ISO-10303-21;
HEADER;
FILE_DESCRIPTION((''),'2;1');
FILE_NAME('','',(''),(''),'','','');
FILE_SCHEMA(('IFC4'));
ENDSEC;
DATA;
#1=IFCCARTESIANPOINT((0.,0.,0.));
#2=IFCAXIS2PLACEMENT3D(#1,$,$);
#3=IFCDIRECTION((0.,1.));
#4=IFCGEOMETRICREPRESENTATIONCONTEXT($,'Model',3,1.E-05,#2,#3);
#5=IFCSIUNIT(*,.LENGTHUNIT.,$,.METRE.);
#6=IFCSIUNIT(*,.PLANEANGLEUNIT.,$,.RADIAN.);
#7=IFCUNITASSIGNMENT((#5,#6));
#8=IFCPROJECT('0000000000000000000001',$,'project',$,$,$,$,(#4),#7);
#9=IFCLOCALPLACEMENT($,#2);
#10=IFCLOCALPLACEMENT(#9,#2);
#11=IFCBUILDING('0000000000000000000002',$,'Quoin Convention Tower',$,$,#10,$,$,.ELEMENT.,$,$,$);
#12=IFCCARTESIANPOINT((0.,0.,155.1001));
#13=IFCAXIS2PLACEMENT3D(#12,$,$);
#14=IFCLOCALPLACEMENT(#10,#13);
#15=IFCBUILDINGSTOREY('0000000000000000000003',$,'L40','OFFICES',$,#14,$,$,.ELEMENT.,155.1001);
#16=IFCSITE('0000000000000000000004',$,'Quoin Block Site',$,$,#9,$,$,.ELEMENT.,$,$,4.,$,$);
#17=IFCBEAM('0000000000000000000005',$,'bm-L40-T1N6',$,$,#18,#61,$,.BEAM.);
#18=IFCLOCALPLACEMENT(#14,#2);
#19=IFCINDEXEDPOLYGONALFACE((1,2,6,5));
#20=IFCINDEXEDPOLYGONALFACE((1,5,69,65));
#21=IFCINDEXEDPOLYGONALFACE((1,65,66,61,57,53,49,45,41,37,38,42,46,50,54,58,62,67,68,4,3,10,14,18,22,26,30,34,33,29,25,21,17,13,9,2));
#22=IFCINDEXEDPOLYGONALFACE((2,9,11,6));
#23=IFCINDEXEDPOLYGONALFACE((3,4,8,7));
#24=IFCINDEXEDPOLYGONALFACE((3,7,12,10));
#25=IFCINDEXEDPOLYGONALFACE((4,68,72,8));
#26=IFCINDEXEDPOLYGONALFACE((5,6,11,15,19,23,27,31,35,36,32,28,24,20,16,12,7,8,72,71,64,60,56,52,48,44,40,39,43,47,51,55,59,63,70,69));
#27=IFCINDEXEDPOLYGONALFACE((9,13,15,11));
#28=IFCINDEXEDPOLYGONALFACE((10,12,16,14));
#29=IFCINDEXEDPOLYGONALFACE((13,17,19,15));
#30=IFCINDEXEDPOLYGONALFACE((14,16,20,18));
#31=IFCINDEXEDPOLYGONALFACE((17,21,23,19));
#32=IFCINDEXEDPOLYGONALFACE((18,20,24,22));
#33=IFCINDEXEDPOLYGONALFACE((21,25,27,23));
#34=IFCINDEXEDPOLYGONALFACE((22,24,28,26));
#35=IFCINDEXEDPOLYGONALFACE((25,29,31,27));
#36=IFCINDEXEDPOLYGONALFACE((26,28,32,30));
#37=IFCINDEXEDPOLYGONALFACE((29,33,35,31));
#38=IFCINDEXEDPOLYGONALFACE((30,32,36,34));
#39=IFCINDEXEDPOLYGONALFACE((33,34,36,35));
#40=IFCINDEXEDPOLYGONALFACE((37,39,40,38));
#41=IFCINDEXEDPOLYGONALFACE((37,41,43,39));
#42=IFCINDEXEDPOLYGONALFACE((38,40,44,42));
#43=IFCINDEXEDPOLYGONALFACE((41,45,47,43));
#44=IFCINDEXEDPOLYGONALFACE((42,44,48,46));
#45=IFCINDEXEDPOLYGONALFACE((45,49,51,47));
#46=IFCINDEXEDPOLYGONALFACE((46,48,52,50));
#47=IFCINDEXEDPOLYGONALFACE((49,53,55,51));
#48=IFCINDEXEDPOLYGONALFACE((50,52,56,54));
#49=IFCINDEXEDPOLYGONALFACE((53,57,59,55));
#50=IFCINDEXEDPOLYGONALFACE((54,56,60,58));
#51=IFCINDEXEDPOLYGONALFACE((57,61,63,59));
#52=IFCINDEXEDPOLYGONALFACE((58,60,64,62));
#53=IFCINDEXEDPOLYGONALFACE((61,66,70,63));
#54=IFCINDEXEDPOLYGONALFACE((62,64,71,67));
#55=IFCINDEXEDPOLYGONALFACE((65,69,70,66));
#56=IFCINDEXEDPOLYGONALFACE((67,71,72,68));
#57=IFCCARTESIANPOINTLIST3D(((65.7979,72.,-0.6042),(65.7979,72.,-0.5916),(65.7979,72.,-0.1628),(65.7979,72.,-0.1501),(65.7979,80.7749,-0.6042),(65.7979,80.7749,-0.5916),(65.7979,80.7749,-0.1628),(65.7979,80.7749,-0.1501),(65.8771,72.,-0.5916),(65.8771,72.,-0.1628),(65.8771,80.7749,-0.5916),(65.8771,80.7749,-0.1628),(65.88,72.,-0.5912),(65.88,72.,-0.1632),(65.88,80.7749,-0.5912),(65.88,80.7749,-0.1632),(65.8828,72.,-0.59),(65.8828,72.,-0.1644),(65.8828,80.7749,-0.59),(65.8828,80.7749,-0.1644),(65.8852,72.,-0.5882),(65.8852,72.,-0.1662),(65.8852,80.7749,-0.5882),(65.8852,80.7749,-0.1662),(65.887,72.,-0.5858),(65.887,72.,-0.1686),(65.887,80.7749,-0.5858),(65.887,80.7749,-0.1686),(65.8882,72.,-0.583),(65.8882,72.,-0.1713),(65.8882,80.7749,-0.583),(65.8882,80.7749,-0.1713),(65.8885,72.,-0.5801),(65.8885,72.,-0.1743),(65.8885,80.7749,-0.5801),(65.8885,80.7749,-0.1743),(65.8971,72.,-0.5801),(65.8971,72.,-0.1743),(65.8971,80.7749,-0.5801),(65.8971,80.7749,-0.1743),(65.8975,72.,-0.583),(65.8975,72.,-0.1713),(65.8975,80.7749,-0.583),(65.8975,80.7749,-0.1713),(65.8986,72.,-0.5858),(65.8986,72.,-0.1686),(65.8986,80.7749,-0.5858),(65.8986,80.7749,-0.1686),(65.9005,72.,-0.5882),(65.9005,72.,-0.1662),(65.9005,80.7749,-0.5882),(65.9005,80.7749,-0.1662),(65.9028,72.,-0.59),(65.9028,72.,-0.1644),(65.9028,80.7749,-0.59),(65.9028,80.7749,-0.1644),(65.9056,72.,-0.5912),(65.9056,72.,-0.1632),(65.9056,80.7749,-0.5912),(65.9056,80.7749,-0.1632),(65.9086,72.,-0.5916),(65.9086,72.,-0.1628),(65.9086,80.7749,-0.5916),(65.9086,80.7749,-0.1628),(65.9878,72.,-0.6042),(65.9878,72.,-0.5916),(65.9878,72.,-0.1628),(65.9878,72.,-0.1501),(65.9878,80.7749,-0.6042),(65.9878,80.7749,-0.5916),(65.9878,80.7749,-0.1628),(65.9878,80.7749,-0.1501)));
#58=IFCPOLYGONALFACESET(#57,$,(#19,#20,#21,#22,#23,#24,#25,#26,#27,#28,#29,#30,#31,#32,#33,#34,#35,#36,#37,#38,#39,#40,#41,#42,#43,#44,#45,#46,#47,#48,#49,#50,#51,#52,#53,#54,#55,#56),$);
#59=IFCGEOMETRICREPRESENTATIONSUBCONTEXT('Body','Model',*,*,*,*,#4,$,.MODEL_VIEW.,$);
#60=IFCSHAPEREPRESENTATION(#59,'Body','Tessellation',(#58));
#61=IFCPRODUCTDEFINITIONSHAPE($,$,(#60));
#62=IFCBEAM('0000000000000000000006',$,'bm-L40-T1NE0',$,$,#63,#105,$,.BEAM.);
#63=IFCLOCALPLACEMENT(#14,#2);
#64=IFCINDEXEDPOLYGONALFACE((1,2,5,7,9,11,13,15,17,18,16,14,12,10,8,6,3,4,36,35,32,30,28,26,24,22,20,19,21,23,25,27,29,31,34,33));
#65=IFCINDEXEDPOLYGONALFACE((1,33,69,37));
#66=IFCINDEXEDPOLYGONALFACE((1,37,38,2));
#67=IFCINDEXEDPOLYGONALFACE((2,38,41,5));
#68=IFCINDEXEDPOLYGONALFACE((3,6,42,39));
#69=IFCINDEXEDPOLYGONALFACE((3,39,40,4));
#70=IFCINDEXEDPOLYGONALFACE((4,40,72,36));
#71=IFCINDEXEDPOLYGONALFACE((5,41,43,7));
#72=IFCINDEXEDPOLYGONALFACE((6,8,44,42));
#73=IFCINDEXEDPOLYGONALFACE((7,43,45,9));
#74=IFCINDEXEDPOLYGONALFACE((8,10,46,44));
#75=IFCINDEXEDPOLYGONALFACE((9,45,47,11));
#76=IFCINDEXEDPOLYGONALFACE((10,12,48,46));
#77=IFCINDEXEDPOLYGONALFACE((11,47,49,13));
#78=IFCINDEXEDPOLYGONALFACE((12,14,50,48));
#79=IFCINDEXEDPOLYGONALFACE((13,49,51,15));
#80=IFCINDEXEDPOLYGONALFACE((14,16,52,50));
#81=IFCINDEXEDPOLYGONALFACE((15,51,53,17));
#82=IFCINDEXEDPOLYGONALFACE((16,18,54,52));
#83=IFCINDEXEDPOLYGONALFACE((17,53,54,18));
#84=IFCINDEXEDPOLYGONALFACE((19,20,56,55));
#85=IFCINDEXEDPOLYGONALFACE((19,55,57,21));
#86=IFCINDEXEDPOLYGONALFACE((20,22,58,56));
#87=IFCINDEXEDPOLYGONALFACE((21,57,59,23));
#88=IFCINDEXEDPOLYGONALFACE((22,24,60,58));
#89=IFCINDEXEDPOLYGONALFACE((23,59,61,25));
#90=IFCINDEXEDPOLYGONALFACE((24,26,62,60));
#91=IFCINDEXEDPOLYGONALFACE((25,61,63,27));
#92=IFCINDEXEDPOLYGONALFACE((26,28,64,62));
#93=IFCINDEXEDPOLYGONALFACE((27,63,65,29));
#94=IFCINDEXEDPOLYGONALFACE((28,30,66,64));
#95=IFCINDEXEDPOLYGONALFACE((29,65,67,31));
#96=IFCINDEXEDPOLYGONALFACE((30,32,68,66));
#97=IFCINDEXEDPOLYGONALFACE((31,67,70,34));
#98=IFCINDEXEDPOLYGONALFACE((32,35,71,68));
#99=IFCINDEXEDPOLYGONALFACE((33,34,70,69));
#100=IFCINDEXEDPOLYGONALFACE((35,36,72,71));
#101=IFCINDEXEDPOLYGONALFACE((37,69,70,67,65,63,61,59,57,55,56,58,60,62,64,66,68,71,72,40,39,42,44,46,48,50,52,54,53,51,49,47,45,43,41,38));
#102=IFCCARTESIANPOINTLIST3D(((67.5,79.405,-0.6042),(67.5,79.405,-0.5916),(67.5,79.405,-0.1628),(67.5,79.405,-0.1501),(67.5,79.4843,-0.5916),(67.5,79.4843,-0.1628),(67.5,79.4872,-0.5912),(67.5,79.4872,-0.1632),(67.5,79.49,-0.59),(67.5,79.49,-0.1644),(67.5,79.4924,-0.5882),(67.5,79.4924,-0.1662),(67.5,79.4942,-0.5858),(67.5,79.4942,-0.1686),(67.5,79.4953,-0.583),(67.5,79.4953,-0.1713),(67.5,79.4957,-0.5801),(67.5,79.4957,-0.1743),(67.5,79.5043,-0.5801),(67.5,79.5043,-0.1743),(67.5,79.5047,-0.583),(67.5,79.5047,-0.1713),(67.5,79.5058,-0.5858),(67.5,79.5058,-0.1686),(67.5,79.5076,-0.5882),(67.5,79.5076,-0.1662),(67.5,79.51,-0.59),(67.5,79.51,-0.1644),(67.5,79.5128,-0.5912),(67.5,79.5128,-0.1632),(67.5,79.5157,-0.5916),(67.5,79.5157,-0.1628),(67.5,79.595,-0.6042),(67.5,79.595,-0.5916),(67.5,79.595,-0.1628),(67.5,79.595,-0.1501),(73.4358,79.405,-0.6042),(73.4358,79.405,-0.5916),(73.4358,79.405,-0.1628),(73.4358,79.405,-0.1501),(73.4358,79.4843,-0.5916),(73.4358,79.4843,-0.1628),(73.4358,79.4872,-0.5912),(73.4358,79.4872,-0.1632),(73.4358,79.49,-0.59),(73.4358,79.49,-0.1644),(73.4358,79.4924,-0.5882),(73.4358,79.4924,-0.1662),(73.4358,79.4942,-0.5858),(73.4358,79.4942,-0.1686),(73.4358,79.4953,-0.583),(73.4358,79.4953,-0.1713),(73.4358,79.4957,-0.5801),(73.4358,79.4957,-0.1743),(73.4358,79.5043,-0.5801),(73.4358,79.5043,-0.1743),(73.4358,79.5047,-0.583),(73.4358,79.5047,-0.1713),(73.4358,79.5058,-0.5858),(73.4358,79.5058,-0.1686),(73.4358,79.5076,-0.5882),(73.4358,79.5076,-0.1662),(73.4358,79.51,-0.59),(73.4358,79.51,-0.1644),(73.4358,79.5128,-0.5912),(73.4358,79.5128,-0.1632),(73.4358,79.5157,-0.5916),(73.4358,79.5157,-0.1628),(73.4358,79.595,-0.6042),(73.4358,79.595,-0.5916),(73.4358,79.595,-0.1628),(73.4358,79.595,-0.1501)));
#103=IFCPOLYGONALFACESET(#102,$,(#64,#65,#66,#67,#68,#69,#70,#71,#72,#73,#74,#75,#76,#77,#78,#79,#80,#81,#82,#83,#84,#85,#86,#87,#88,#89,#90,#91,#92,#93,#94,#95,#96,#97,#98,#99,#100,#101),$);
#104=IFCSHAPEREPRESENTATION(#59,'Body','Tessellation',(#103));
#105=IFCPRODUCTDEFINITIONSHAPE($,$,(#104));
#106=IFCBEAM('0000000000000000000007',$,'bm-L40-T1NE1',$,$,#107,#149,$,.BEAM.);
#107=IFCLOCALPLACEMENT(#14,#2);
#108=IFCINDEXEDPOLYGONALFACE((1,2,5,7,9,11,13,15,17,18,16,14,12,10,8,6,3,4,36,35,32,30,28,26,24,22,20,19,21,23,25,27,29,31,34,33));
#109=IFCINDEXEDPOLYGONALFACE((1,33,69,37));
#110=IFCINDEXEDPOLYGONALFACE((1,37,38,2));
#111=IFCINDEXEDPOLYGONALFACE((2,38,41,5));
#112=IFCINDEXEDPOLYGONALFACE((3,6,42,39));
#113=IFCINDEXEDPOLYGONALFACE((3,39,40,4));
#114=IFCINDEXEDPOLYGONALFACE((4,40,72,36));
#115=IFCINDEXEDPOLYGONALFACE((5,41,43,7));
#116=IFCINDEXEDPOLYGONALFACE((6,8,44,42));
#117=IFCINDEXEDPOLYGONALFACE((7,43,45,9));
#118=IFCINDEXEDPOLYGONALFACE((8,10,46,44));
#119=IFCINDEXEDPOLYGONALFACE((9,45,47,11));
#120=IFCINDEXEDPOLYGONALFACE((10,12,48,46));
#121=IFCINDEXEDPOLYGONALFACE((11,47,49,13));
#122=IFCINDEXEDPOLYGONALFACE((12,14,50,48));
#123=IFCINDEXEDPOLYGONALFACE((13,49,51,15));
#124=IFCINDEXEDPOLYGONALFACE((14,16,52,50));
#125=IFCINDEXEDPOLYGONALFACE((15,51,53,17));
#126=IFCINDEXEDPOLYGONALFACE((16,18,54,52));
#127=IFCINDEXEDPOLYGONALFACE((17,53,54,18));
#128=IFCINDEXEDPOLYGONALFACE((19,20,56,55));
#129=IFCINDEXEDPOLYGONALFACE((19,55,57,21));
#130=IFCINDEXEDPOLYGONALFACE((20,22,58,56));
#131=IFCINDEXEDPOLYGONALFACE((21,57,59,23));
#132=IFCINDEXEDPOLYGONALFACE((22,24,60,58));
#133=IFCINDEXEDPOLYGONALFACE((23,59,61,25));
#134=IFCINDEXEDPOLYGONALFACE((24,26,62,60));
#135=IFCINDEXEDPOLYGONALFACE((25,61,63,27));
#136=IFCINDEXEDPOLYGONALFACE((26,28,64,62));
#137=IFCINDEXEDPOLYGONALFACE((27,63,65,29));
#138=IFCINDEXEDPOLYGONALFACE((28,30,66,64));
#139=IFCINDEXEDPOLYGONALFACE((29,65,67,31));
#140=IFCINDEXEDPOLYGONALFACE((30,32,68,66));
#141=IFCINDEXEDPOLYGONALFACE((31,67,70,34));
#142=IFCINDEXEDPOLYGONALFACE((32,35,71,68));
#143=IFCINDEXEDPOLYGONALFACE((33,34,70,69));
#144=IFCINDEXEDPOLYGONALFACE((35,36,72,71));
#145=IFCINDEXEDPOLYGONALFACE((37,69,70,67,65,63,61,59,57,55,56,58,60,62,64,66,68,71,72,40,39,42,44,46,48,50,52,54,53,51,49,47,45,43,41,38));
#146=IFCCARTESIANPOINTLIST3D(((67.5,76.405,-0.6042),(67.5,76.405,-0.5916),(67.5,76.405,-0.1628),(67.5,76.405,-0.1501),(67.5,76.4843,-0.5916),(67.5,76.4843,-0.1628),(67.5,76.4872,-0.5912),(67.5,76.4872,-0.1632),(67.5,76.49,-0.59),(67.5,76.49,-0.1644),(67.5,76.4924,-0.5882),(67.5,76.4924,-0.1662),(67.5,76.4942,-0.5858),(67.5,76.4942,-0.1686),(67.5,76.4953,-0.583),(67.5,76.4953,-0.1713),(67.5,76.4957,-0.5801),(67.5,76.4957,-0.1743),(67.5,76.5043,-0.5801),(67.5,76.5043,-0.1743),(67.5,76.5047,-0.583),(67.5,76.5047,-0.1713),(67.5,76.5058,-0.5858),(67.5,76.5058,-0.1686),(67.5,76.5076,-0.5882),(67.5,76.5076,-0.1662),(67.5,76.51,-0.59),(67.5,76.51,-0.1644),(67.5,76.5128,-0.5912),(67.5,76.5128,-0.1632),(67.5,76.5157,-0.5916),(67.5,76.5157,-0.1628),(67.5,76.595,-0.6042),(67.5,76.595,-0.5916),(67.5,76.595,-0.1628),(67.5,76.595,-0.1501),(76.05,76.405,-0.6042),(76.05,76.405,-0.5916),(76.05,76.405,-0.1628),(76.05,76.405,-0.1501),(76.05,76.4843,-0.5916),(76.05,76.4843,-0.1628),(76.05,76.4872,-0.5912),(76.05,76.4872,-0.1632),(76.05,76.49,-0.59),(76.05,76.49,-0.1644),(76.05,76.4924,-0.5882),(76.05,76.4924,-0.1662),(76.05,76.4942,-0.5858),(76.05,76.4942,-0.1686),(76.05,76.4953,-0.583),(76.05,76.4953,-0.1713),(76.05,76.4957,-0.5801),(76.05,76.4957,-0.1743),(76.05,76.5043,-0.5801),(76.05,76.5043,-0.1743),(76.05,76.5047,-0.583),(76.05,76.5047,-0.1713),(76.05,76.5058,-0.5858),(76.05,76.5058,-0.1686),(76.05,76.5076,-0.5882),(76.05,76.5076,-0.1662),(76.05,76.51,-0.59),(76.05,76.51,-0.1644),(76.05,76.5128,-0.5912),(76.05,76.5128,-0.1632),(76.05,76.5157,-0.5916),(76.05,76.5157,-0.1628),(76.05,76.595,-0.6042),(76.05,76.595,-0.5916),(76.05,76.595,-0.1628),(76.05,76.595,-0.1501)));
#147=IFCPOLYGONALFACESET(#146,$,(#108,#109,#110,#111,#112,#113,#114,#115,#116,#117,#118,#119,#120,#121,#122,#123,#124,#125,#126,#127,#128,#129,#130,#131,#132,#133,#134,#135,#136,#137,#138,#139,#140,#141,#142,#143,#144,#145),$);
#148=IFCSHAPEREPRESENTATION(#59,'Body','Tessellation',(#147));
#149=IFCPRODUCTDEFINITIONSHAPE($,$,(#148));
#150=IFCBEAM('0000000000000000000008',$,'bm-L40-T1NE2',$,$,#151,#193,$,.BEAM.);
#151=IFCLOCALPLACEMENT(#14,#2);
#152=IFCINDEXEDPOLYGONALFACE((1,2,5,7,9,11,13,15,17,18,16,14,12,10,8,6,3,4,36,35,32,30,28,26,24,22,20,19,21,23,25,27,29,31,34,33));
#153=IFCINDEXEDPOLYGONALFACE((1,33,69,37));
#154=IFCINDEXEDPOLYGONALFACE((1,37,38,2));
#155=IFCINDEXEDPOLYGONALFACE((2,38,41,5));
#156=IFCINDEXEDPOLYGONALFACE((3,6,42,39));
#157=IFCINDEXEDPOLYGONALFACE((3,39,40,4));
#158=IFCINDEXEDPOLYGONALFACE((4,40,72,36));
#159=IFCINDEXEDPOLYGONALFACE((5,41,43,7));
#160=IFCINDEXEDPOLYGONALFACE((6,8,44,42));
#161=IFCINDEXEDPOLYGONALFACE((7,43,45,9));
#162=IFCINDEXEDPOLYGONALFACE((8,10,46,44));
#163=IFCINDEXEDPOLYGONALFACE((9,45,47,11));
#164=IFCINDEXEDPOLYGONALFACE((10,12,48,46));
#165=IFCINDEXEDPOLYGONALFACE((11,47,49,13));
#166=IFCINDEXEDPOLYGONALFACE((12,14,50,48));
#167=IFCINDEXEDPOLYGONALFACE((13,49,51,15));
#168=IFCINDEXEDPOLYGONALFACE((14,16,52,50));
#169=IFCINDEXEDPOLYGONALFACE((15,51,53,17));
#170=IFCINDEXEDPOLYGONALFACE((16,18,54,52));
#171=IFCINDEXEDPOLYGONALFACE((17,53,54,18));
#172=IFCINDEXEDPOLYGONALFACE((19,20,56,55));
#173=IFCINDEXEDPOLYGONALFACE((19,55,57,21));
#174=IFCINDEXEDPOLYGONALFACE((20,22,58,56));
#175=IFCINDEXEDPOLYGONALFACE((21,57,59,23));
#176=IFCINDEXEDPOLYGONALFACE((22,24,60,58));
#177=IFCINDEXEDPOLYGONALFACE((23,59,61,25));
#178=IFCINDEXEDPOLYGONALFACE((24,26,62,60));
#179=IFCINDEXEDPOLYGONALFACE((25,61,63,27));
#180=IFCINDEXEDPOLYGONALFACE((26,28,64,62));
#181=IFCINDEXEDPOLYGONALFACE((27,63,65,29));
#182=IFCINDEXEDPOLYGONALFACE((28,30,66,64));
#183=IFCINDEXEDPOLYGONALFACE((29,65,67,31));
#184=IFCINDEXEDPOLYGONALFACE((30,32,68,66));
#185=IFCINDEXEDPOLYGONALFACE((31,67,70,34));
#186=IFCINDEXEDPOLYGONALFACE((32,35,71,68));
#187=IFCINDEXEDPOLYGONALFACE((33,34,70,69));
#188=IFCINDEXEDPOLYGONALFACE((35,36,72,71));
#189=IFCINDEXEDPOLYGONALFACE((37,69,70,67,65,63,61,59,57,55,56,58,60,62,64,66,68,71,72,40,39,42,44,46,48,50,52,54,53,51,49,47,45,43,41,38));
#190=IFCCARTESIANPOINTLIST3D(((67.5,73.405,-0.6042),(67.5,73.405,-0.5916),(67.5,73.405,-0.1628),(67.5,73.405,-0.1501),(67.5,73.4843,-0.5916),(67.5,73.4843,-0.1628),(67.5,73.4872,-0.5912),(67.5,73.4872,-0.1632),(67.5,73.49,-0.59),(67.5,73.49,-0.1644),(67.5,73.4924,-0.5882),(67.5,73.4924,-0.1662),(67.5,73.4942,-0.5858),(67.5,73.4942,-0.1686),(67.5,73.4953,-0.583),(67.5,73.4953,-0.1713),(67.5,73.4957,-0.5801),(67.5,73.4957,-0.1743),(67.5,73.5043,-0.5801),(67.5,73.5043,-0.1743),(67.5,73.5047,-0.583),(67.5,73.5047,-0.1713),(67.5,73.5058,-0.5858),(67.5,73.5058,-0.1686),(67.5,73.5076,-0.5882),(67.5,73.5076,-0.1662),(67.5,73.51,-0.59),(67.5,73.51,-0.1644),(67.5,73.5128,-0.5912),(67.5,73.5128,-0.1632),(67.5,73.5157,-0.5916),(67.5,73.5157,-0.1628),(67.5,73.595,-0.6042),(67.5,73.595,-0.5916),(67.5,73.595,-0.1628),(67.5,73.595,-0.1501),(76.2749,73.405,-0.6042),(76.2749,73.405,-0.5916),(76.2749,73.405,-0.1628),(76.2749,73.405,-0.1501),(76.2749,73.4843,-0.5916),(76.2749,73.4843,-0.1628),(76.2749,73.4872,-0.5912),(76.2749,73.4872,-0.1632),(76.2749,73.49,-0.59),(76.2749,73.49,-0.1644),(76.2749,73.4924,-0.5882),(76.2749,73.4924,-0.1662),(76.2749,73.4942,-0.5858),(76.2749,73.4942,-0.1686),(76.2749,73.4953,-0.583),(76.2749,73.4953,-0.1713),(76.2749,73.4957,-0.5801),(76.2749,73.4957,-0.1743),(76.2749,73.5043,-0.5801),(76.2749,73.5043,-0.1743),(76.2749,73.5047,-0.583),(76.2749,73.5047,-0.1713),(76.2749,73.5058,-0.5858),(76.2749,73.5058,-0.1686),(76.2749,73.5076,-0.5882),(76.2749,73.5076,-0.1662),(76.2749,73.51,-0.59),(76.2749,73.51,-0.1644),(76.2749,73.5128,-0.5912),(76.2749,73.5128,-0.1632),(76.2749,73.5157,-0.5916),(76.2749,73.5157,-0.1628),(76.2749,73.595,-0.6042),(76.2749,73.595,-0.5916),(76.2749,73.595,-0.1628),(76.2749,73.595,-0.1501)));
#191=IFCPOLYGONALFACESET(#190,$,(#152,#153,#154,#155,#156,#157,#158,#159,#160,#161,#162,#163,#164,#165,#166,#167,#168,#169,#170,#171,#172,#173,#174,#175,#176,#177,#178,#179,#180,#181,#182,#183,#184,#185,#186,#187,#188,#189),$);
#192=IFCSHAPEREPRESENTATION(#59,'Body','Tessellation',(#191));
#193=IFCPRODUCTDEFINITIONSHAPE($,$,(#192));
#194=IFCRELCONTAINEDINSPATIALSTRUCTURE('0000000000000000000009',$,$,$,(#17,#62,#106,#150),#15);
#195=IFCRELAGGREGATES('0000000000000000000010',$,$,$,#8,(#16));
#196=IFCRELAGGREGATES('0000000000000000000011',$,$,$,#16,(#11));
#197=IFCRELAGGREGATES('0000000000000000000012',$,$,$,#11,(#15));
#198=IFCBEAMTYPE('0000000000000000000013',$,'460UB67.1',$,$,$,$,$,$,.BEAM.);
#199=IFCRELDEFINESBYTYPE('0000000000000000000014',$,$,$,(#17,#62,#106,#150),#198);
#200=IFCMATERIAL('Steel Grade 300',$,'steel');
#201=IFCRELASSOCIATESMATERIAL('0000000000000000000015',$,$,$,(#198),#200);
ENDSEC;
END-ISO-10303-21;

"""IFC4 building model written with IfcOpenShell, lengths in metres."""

from ifc_helpers import new_model, si_unit, direction, frame, origin, origin_2d, place, context, subcontext, project, spatial, i_section, extrude, material, material_profile, profile_set, type_object, element, save


model = new_model("IFC4")

# Units and contexts
model_context = context("Model", 3, precision=1e-05, world=origin(), true_north=direction((0.0, 1.0)))
body_context = subcontext(model_context, "Body", "Model", "MODEL_VIEW")
ifc_project = project(units=[si_unit("LENGTHUNIT", "METRE"), si_unit("PLANEANGLEUNIT", "RADIAN")], contexts=[model_context])

# Site, building, storey
site_placement = place(None, origin())
site = spatial("IfcSite", under=ifc_project, at=site_placement, Name="Quoin Block Site", CompositionType="ELEMENT", RefElevation=4.0)
building_placement = place(site_placement, origin())
building = spatial("IfcBuilding", under=site, at=building_placement, Name="Quoin Convention Tower", CompositionType="ELEMENT")
storey_placement = place(building_placement, frame((0.0, 0.0, 155.1001)))
storey = spatial("IfcBuildingStorey", under=building, at=storey_placement, Name="L40", Description="OFFICES", CompositionType="ELEMENT", Elevation=155.1001)

# Beams
ifc_material_1 = material(Name="Steel Grade 300", Category="steel")
ifc_material_profile_1 = material_profile(ifc_material_1, i_section(OverallWidth=0.1899, OverallDepth=0.4541, WebThickness=0.0085, FlangeThickness=0.0127, FilletRadius=0.0115, at=origin_2d()), Name="460UB67.1")
ifc_profile_set_1 = profile_set([ifc_material_profile_1], Name="Steel Grade 300")
beam_type_1 = type_object("IfcBeamType", Name="460UB67.1", PredefinedType="BEAM", material=ifc_profile_set_1)
beam_1_placement = place(storey_placement, frame((65.8928, 72.0, -0.3772), z_axis=(0.0, 1.0, 0.0), x_axis=(-1.0, 0.0, 0.0)))
element("IfcBeam", 1, at=beam_1_placement, inside=storey, type_object=beam_type_1, Name="bm-L40-T1N6", PredefinedType="BEAM", context=body_context, shape_type="SweptSolid", body=[
    extrude(i_section(OverallWidth=0.1899, OverallDepth=0.4541, WebThickness=0.0085, FlangeThickness=0.0127, FilletRadius=0.0115, at=origin_2d()), origin(), (0.0, 0.0, 1.0), 8.7749),
])
beam_2_placement = place(storey_placement, frame((67.5, 79.5, -0.3772), z_axis=(1.0, 0.0, 0.0), x_axis=(0.0, 1.0, 0.0)))
element("IfcBeam", 2, at=beam_2_placement, inside=storey, type_object=beam_type_1, Name="bm-L40-T1NE0", PredefinedType="BEAM", context=body_context, shape_type="SweptSolid", body=[
    extrude(i_section(OverallWidth=0.1899, OverallDepth=0.4541, WebThickness=0.0085, FlangeThickness=0.0127, FilletRadius=0.0115, at=origin_2d()), origin(), (0.0, 0.0, 1.0), 5.9358),
])
beam_3_placement = place(storey_placement, frame((67.5, 76.5, -0.3772), z_axis=(1.0, 0.0, 0.0), x_axis=(0.0, 1.0, 0.0)))
element("IfcBeam", 3, at=beam_3_placement, inside=storey, type_object=beam_type_1, Name="bm-L40-T1NE1", PredefinedType="BEAM", context=body_context, shape_type="SweptSolid", body=[
    extrude(i_section(OverallWidth=0.1899, OverallDepth=0.4541, WebThickness=0.0085, FlangeThickness=0.0127, FilletRadius=0.0115, at=origin_2d()), origin(), (0.0, 0.0, 1.0), 8.55),
])
beam_4_placement = place(storey_placement, frame((67.5, 73.5, -0.3772), z_axis=(1.0, 0.0, 0.0), x_axis=(0.0, 1.0, 0.0)))
element("IfcBeam", 4, at=beam_4_placement, inside=storey, type_object=beam_type_1, Name="bm-L40-T1NE2", PredefinedType="BEAM", context=body_context, shape_type="SweptSolid", body=[
    extrude(i_section(OverallWidth=0.1899, OverallDepth=0.4541, WebThickness=0.0085, FlangeThickness=0.0127, FilletRadius=0.0115, at=origin_2d()), origin(), (0.0, 0.0, 1.0), 8.7749),
])

save(model, "model.ifc")
